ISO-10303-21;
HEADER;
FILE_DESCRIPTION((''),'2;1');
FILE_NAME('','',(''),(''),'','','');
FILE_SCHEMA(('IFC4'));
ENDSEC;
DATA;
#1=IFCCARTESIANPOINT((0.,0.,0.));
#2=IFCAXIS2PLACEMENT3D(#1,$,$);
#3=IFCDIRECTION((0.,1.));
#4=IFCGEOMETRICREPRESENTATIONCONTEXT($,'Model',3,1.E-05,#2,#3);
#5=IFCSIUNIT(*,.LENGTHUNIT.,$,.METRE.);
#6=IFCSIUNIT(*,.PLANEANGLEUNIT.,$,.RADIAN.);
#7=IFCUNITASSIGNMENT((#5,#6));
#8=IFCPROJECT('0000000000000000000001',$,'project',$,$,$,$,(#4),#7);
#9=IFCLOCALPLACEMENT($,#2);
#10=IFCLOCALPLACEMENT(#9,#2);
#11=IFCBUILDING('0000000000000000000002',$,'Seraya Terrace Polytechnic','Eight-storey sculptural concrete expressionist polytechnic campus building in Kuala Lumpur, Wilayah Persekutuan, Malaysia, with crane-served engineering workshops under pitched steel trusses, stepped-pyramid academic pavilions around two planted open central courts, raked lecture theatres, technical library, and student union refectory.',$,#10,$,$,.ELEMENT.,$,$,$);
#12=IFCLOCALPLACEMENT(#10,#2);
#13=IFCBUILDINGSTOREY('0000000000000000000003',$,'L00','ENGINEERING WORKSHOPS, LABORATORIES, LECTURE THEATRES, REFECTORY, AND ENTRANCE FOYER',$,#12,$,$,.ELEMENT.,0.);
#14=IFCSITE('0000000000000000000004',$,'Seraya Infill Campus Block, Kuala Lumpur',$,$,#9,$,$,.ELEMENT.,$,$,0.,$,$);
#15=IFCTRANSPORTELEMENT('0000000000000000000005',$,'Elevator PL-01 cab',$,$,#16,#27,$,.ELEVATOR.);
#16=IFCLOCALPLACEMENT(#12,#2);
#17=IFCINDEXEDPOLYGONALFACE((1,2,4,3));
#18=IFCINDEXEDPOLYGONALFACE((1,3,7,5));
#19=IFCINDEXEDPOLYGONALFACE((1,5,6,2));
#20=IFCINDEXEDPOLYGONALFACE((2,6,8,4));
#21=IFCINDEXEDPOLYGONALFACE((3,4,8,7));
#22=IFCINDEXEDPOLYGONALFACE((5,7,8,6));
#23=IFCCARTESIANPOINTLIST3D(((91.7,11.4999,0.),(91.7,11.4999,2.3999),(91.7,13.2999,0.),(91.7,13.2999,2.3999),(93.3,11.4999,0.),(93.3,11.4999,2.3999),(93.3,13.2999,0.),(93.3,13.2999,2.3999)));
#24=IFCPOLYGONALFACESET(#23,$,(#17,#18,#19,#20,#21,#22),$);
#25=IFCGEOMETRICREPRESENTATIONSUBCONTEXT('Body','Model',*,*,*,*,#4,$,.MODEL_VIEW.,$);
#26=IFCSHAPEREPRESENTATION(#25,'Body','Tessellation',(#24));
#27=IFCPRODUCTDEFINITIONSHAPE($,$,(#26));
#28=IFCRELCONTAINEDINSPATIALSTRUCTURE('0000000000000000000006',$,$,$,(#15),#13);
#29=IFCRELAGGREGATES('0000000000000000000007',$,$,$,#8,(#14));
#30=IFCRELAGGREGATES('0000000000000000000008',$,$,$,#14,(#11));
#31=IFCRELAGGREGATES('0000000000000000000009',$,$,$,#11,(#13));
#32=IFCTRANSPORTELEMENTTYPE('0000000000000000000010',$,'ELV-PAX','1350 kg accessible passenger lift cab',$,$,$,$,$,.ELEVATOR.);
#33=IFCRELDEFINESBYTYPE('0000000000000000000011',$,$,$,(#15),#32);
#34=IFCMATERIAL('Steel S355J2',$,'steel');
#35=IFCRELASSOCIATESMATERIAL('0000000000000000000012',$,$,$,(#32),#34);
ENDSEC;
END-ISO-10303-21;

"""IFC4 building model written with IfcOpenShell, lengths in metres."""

from ifc_helpers import new_model, si_unit, direction, frame, origin, origin_2d, place, context, subcontext, project, spatial, rectangle, extrude, material, type_object, element, save


model = new_model("IFC4")

# Units and contexts
model_context = context("Model", 3, precision=1e-05, world=origin(), true_north=direction((0.0, 1.0)))
body_context = subcontext(model_context, "Body", "Model", "MODEL_VIEW")
ifc_project = project(units=[si_unit("LENGTHUNIT", "METRE"), si_unit("PLANEANGLEUNIT", "RADIAN")], contexts=[model_context])

# Site, building, storey
site_placement = place(None, origin())
site = spatial("IfcSite", under=ifc_project, at=site_placement, Name="Seraya Infill Campus Block, Kuala Lumpur", CompositionType="ELEMENT", RefElevation=0.0)
building_placement = place(site_placement, origin())
building = spatial("IfcBuilding", under=site, at=building_placement, Name="Seraya Terrace Polytechnic", Description="Eight-storey sculptural concrete expressionist polytechnic campus building in Kuala Lumpur, Wilayah Persekutuan, Malaysia, with crane-served engineering workshops under pitched steel trusses, stepped-pyramid academic pavilions around two planted open central courts, raked lecture theatres, technical library, and student union refectory.", CompositionType="ELEMENT")
storey_placement = place(building_placement, origin())
storey = spatial("IfcBuildingStorey", under=building, at=storey_placement, Name="L00", Description="ENGINEERING WORKSHOPS, LABORATORIES, LECTURE THEATRES, REFECTORY, AND ENTRANCE FOYER", CompositionType="ELEMENT", Elevation=0.0)

# Shared definitions
ifc_material_1 = material(Name="Steel S355J2", Category="steel")

# Transport element
transport_element_type_1 = type_object("IfcTransportElementType", Name="ELV-PAX", Description="1350 kg accessible passenger lift cab", PredefinedType="ELEVATOR", material=ifc_material_1)
transport_element_1_placement = place(storey_placement, frame((92.5, 12.3999, 0.0), z_axis=(0.0, 0.0, 1.0), x_axis=(1.0, 0.0, 0.0)))
element("IfcTransportElement", 1, at=transport_element_1_placement, inside=storey, type_object=transport_element_type_1, Name="Elevator PL-01 cab", PredefinedType="ELEVATOR", context=body_context, shape_type="SweptSolid", body=[
    extrude(rectangle(XDim=1.6001, YDim=1.8, at=origin_2d()), origin(), (0.0, 0.0, 1.0), 2.3999),
])

save(model, "model.ifc")
